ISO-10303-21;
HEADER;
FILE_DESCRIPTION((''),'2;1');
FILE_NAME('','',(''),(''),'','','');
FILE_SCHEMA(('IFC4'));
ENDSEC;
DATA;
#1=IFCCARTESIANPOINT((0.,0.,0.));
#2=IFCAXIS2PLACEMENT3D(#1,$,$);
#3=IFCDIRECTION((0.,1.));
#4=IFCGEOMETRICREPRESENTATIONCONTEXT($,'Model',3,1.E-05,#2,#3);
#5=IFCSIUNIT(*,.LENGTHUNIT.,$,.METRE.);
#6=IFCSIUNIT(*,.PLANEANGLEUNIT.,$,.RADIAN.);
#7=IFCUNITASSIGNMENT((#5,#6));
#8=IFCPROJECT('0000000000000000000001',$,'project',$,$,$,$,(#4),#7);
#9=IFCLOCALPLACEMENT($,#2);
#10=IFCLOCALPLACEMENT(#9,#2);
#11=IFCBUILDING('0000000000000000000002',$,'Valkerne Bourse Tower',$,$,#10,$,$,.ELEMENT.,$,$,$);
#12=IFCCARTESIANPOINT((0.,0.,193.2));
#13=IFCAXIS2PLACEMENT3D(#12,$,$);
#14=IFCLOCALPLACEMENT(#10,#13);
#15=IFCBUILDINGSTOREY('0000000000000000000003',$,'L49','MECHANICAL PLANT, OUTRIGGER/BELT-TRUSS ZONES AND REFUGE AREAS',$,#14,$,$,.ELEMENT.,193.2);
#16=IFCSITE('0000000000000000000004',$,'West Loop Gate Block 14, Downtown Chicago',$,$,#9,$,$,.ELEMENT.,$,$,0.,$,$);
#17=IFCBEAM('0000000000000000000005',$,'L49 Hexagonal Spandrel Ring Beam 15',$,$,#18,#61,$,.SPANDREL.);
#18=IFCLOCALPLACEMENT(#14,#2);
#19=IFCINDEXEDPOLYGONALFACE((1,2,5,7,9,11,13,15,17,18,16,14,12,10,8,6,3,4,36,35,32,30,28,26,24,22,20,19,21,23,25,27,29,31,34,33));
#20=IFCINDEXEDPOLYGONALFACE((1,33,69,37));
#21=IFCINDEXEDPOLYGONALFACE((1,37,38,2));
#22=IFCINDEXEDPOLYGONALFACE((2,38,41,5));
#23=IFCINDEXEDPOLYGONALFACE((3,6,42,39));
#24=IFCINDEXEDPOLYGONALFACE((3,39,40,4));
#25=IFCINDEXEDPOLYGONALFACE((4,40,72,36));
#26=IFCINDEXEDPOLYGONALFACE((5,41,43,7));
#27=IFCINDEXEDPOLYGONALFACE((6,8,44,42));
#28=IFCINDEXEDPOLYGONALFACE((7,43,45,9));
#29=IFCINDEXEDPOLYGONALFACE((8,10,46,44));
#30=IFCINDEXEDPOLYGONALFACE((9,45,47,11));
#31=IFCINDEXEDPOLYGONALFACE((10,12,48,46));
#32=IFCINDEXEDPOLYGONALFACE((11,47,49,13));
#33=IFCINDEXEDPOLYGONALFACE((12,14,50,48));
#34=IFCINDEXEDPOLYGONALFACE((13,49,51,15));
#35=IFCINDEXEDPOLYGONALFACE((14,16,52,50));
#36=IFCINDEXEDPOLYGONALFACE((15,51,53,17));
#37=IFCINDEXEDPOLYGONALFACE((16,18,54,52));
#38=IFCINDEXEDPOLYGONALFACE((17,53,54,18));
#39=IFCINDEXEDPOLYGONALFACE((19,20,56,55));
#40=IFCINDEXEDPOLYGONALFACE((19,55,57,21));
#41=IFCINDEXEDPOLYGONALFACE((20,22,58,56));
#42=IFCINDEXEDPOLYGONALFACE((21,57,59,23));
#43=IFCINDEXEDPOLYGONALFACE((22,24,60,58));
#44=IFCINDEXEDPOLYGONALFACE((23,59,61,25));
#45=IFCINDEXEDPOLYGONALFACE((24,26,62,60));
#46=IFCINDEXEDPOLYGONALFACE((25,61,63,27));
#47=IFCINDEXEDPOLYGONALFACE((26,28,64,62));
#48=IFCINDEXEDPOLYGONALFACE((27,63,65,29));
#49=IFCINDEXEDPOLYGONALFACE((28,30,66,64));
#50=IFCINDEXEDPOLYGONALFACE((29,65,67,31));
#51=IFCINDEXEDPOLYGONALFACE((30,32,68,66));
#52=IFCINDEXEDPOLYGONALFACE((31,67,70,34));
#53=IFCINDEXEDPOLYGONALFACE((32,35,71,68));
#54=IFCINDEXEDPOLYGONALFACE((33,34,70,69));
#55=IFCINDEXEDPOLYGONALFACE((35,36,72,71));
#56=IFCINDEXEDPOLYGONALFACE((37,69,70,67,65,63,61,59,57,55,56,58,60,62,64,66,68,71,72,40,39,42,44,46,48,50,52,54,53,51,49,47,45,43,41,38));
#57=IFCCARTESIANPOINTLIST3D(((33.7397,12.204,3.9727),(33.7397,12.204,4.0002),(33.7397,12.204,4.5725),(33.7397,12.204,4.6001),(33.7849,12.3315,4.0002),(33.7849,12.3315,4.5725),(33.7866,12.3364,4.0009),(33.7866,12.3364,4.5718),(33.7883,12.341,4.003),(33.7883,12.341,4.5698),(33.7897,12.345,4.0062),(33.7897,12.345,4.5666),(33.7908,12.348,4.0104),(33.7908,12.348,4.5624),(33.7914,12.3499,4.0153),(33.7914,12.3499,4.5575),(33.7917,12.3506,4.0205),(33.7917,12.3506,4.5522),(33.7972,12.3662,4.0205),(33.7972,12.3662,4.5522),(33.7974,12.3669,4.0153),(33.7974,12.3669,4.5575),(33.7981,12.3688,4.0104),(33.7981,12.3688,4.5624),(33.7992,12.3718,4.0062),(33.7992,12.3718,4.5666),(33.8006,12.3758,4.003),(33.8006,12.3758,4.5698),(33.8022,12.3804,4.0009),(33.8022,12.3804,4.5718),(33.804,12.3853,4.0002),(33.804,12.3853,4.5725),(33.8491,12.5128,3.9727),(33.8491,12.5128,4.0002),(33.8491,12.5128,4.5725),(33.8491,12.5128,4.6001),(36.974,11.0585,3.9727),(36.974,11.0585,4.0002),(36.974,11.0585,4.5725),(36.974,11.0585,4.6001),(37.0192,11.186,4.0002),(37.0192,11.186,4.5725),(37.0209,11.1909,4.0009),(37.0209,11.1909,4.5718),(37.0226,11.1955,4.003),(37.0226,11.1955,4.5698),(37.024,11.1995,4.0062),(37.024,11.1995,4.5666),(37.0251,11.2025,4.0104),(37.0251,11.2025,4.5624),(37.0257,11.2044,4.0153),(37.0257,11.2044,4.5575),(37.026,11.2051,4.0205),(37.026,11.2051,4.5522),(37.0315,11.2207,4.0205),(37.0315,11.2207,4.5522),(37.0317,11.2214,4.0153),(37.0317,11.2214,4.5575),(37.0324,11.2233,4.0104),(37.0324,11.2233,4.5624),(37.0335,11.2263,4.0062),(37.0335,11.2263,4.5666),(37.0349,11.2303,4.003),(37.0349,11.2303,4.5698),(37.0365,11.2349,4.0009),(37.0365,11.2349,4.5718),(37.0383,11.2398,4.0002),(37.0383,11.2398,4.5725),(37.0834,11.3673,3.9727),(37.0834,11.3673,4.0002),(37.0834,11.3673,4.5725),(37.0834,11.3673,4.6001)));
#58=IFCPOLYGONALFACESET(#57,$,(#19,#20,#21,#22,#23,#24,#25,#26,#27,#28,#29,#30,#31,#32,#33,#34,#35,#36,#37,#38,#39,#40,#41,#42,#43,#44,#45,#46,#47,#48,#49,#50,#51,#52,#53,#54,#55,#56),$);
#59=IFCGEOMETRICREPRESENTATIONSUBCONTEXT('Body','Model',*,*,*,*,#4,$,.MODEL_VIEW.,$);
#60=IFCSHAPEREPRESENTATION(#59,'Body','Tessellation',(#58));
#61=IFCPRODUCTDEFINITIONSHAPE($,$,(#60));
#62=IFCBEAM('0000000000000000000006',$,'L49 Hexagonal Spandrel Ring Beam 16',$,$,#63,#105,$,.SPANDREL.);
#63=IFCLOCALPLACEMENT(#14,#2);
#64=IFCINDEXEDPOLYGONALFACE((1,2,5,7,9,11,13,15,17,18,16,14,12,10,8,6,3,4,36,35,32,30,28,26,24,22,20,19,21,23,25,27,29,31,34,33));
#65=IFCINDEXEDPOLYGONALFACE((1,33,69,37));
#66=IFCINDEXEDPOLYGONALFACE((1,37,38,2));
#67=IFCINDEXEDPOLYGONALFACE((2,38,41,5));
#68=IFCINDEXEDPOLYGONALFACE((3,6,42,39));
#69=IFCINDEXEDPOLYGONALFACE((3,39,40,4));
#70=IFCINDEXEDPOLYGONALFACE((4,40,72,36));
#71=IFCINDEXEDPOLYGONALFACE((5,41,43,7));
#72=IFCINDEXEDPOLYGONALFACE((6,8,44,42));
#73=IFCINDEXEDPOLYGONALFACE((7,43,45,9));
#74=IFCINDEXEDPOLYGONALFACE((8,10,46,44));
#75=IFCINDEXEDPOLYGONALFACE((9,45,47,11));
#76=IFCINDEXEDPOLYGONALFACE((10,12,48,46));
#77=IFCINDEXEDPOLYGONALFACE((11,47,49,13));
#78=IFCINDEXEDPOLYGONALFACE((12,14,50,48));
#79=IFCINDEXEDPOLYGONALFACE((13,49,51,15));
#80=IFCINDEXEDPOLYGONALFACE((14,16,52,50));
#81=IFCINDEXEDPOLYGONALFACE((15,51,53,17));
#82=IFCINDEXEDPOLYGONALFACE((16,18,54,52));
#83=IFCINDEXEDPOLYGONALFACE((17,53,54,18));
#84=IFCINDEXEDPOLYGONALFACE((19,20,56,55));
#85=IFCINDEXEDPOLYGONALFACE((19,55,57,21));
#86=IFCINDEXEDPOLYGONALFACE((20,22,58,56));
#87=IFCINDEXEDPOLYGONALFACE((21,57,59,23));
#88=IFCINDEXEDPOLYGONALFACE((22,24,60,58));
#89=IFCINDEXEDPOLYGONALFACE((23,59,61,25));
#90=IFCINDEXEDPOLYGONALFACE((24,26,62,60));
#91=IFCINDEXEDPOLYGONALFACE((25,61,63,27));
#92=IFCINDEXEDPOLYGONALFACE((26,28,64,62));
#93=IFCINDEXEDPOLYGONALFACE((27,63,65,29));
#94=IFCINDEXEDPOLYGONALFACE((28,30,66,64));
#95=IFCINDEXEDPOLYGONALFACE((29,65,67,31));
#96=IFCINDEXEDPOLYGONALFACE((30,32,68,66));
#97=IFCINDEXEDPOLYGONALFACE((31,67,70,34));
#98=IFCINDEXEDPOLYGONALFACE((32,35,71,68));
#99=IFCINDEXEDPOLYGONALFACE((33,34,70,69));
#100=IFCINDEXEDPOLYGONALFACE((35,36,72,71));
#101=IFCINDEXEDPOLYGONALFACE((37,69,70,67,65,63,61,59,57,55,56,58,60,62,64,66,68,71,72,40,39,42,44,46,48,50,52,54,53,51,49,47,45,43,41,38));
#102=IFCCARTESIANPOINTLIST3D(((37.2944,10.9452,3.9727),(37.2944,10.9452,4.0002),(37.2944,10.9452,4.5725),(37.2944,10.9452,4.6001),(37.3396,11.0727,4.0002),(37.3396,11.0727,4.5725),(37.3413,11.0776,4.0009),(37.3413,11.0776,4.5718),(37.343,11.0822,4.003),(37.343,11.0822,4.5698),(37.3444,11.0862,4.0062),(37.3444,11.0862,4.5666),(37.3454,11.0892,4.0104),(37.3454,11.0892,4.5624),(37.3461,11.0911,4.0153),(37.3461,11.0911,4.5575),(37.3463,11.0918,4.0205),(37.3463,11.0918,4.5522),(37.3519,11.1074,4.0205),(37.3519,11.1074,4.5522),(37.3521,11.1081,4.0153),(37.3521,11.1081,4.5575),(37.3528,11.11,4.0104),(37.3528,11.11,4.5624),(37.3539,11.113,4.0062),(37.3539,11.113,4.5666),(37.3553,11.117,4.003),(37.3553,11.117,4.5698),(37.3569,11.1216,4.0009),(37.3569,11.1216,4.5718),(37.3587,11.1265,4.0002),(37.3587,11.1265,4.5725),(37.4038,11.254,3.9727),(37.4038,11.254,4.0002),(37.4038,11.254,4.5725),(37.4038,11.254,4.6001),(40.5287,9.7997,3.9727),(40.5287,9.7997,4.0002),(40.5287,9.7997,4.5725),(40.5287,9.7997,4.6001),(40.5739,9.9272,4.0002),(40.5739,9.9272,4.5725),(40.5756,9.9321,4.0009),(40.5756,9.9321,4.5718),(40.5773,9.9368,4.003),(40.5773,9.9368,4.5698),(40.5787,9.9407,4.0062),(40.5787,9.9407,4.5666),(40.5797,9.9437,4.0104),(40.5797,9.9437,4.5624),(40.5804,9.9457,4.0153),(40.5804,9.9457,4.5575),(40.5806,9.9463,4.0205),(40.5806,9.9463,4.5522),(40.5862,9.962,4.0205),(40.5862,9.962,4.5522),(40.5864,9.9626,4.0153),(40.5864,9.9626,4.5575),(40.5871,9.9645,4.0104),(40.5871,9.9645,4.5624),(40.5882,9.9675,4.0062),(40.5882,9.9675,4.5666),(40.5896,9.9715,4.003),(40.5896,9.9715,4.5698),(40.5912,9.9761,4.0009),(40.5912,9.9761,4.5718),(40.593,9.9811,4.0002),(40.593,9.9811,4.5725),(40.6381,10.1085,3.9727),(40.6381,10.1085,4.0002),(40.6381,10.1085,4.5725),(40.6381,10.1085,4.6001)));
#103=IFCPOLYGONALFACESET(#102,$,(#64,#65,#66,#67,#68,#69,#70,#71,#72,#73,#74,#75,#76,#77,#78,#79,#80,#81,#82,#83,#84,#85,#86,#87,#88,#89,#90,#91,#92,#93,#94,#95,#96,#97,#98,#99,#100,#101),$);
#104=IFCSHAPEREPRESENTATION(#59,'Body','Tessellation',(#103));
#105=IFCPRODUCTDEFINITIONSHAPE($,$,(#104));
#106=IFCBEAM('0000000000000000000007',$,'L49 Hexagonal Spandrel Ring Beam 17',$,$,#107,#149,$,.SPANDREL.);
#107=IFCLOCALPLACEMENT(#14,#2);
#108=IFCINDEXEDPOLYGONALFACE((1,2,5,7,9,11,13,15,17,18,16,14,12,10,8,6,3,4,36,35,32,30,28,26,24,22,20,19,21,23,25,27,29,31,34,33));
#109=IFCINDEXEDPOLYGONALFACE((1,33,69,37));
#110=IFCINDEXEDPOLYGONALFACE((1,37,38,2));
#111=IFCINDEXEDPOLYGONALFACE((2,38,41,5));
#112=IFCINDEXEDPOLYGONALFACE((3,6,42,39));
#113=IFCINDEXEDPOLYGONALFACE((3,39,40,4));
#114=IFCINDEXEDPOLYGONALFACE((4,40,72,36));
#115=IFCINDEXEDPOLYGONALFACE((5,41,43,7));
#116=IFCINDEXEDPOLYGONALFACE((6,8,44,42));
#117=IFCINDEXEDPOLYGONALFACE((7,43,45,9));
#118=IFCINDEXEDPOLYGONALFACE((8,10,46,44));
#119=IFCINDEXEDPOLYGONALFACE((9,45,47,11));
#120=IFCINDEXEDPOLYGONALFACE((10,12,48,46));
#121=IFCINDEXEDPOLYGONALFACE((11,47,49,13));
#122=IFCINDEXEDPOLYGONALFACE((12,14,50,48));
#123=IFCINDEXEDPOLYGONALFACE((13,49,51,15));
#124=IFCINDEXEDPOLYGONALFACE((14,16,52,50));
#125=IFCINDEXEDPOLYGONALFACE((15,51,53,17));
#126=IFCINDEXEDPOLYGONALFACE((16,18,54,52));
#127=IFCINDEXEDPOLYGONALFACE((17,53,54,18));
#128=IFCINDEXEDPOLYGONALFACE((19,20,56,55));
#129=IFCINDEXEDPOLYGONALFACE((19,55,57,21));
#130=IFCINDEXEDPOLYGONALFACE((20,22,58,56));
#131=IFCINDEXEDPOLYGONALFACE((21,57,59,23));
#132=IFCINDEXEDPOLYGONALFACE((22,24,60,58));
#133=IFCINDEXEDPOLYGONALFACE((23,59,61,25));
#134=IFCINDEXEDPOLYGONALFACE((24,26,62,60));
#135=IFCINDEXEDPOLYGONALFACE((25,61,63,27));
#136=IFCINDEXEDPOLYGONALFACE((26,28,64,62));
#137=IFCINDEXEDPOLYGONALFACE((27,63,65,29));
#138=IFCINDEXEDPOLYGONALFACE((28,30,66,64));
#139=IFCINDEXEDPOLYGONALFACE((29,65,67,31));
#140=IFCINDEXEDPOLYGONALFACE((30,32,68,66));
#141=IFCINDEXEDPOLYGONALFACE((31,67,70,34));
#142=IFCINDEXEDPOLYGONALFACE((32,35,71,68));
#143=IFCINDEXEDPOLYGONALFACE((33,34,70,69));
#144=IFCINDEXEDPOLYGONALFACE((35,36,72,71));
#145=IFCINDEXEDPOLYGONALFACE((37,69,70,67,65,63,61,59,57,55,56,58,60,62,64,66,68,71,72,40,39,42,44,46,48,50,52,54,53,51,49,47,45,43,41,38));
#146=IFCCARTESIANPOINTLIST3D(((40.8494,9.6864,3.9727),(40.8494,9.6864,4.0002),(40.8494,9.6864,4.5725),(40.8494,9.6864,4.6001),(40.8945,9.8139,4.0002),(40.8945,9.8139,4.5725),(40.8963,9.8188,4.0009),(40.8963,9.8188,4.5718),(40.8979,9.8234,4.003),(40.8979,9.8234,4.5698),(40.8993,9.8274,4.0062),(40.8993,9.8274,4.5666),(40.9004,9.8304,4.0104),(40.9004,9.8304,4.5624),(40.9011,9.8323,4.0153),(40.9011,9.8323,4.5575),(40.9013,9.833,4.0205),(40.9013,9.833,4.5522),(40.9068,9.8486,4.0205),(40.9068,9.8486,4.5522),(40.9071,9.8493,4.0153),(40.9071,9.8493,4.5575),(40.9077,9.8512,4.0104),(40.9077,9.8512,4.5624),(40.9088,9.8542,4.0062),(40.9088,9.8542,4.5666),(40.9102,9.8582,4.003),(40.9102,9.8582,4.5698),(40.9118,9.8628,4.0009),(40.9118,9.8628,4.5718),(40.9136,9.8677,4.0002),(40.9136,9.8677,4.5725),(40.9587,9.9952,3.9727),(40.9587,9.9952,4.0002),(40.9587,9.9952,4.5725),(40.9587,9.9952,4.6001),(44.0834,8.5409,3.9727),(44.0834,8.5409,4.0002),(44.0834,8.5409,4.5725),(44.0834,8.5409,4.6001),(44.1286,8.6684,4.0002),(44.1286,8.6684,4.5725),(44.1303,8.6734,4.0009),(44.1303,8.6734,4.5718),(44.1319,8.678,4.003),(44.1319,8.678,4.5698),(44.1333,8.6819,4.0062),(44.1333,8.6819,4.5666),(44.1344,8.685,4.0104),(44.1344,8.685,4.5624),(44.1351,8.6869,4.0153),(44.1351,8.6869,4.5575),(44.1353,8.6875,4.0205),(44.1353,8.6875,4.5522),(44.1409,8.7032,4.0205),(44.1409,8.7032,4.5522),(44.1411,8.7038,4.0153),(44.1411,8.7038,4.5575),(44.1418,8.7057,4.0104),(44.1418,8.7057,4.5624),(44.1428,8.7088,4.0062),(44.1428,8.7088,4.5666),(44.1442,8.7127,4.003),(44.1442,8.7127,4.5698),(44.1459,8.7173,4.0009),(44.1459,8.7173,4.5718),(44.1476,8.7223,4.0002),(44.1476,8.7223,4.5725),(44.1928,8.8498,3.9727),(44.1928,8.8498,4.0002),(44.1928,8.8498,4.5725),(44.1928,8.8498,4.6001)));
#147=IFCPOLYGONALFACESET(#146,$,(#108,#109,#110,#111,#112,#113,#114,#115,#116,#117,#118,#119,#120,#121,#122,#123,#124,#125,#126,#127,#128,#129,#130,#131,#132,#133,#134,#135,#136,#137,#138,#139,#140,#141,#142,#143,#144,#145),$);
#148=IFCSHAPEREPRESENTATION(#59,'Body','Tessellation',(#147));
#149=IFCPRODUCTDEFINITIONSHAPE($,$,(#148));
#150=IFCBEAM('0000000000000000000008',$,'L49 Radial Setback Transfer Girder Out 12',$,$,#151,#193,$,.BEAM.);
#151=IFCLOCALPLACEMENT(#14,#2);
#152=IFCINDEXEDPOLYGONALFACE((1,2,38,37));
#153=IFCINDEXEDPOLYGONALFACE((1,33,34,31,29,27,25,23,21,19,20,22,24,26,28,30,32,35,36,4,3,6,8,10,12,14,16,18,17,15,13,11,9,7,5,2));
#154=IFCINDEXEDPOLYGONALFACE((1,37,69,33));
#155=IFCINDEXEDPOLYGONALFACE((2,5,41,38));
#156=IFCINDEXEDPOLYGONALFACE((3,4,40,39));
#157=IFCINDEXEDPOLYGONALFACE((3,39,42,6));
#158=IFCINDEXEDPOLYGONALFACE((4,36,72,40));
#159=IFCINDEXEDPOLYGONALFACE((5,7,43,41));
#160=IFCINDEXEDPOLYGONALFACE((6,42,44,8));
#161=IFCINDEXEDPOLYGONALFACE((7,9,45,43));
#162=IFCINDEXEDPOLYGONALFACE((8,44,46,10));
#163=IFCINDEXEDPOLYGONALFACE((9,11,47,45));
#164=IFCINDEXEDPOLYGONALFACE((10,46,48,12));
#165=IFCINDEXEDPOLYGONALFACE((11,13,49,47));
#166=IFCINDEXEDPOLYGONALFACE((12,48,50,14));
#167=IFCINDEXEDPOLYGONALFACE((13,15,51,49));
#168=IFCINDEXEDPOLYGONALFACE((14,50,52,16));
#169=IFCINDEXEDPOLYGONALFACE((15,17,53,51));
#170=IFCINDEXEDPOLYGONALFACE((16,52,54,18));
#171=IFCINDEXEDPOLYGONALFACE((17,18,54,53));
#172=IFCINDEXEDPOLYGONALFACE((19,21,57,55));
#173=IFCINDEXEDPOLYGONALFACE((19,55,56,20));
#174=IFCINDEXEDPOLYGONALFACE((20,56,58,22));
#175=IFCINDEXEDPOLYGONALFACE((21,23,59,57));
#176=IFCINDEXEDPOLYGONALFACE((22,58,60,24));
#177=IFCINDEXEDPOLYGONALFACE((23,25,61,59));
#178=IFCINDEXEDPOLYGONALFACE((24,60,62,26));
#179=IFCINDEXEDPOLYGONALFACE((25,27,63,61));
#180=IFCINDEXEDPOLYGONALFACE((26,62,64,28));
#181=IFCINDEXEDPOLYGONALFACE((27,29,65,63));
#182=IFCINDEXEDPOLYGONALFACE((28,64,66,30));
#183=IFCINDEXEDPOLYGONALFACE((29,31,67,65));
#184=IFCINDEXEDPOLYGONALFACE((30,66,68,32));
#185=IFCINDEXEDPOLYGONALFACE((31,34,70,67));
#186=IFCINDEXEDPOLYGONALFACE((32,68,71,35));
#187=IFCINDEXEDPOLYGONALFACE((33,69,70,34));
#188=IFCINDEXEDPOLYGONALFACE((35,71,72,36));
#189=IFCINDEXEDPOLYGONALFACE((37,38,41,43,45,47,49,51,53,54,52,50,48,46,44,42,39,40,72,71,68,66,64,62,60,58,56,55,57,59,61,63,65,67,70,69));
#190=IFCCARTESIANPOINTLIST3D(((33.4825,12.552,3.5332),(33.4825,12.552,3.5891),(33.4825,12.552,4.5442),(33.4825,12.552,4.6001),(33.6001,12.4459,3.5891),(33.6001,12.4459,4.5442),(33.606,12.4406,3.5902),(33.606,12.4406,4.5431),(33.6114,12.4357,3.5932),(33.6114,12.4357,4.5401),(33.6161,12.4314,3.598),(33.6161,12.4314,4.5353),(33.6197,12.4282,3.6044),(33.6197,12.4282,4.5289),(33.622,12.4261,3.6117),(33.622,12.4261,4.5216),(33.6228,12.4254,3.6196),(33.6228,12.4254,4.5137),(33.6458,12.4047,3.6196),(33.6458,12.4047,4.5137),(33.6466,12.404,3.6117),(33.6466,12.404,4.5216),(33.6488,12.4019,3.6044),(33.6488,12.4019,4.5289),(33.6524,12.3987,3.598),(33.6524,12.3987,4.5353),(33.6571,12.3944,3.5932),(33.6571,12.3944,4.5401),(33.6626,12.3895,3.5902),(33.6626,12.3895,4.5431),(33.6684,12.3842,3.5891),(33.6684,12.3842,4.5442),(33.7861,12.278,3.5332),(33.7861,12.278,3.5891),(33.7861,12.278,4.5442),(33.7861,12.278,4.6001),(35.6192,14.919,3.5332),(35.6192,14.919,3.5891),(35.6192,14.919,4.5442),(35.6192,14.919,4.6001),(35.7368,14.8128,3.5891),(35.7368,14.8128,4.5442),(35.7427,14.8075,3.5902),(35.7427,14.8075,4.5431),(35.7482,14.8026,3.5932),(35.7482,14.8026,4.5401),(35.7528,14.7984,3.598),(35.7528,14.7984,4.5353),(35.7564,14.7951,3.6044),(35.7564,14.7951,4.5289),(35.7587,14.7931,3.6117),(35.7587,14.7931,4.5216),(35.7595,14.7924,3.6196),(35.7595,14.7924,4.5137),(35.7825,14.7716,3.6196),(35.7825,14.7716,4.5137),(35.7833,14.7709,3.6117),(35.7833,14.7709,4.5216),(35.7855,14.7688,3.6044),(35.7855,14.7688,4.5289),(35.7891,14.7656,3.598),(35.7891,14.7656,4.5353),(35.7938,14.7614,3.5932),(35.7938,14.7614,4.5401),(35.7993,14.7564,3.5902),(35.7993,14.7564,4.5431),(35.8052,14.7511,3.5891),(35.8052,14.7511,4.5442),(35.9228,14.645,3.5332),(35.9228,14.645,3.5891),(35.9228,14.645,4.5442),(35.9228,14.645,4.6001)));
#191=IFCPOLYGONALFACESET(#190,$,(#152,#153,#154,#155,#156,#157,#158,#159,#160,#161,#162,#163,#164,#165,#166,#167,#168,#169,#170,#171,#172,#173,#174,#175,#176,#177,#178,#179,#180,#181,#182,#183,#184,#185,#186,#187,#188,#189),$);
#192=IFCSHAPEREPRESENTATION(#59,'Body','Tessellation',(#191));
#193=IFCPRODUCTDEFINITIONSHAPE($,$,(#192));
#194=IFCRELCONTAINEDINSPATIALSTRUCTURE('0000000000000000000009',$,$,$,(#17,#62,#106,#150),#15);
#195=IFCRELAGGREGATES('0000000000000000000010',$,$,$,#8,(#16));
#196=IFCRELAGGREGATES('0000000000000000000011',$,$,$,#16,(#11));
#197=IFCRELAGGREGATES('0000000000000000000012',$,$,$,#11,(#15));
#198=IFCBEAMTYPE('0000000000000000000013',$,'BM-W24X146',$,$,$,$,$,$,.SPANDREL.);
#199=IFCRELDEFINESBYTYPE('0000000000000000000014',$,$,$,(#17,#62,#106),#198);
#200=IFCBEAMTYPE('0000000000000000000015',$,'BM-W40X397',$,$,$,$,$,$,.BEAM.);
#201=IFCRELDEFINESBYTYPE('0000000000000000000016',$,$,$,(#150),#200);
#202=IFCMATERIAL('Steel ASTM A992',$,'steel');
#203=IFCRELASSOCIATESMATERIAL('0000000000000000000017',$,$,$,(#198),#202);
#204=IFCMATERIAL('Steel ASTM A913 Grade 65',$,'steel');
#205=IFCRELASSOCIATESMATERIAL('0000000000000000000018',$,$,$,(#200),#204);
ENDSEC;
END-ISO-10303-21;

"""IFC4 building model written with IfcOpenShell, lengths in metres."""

from ifc_helpers import new_model, si_unit, direction, frame, origin, origin_2d, place, context, subcontext, project, spatial, i_section, extrude, material, material_profile, profile_set, type_object, element, save


model = new_model("IFC4")

# Units and contexts
model_context = context("Model", 3, precision=1e-05, world=origin(), true_north=direction((0.0, 1.0)))
body_context = subcontext(model_context, "Body", "Model", "MODEL_VIEW")
ifc_project = project(units=[si_unit("LENGTHUNIT", "METRE"), si_unit("PLANEANGLEUNIT", "RADIAN")], contexts=[model_context])

# Site, building, storey
site_placement = place(None, origin())
site = spatial("IfcSite", under=ifc_project, at=site_placement, Name="West Loop Gate Block 14, Downtown Chicago", CompositionType="ELEMENT", RefElevation=0.0)
building_placement = place(site_placement, origin())
building = spatial("IfcBuilding", under=site, at=building_placement, Name="Valkerne Bourse Tower", CompositionType="ELEMENT")
storey_placement = place(building_placement, frame((0.0, 0.0, 193.2)))
storey = spatial("IfcBuildingStorey", under=building, at=storey_placement, Name="L49", Description="MECHANICAL PLANT, OUTRIGGER/BELT-TRUSS ZONES AND REFUGE AREAS", CompositionType="ELEMENT", Elevation=193.2)

# Shared definitions
ifc_material_1 = material(Name="Steel ASTM A913 Grade 65", Category="steel")

# Beams
ifc_material_2 = material(Name="Steel ASTM A992", Category="steel")
ifc_material_profile_1 = material_profile(ifc_material_2, i_section(OverallWidth=0.3276, OverallDepth=0.6274, WebThickness=0.0166, FlangeThickness=0.0276, FilletRadius=0.0203, at=origin_2d()), Name="W24X146")
ifc_profile_set_1 = profile_set([ifc_material_profile_1], Name="Steel ASTM A992")
beam_type_1 = type_object("IfcBeamType", Name="BM-W24X146", PredefinedType="SPANDREL", material=ifc_profile_set_1)
for number, where, z_axis, x_axis, name in (
    (1, (33.7944, 12.3584, 4.2864), (0.942627, -0.333847, 0.0), (0.333847, 0.942627, 0.0), "L49 Hexagonal Spandrel Ring Beam 15"),
    (2, (37.3491, 11.0996, 4.2864), (0.942627, -0.333847, 0.0), (0.333847, 0.942627, 0.0), "L49 Hexagonal Spandrel Ring Beam 16"),
):
    element("IfcBeam", number, at=place(storey_placement, frame(where, z_axis=z_axis, x_axis=x_axis)), inside=storey, type_object=beam_type_1, Name=name, PredefinedType="SPANDREL", context=body_context, shape_type="SweptSolid", body=[
        extrude(i_section(OverallWidth=0.3276, OverallDepth=0.6274, WebThickness=0.0166, FlangeThickness=0.0276, FilletRadius=0.0203, at=origin_2d()), origin(), (0.0, 0.0, 1.0), 3.4312),
    ])
beam_1_placement = place(storey_placement, frame((40.9041, 9.8408, 4.2864), z_axis=(0.942619, -0.33387, 0.0), x_axis=(0.33387, 0.942619, 0.0)))
element("IfcBeam", 3, at=beam_1_placement, inside=storey, type_object=beam_type_1, Name="L49 Hexagonal Spandrel Ring Beam 17", PredefinedType="SPANDREL", context=body_context, shape_type="SweptSolid", body=[
    extrude(i_section(OverallWidth=0.3276, OverallDepth=0.6274, WebThickness=0.0166, FlangeThickness=0.0276, FilletRadius=0.0203, at=origin_2d()), origin(), (0.0, 0.0, 1.0), 3.4309),
])
ifc_material_profile_2 = material_profile(ifc_material_1, i_section(OverallWidth=0.4089, OverallDepth=1.0669, WebThickness=0.031, FlangeThickness=0.0559, FilletRadius=0.0305, at=origin_2d()), Name="W40X397")
ifc_profile_set_2 = profile_set([ifc_material_profile_2], Name="Steel ASTM A913 Grade 65")
beam_type_2 = type_object("IfcBeamType", Name="BM-W40X397", PredefinedType="BEAM", material=ifc_profile_set_2)
beam_2_placement = place(storey_placement, frame((33.6343, 12.415, 4.0667), z_axis=(0.670085, 0.742284, 0.0), x_axis=(-0.742284, 0.670085, 0.0)))
element("IfcBeam", 4, at=beam_2_placement, inside=storey, type_object=beam_type_2, Name="L49 Radial Setback Transfer Girder Out 12", PredefinedType="BEAM", context=body_context, shape_type="SweptSolid", body=[
    extrude(i_section(OverallWidth=0.4089, OverallDepth=1.0669, WebThickness=0.031, FlangeThickness=0.0559, FilletRadius=0.0305, at=origin_2d()), origin(), (0.0, 0.0, 1.0), 3.1887),
])

save(model, "model.ifc")
